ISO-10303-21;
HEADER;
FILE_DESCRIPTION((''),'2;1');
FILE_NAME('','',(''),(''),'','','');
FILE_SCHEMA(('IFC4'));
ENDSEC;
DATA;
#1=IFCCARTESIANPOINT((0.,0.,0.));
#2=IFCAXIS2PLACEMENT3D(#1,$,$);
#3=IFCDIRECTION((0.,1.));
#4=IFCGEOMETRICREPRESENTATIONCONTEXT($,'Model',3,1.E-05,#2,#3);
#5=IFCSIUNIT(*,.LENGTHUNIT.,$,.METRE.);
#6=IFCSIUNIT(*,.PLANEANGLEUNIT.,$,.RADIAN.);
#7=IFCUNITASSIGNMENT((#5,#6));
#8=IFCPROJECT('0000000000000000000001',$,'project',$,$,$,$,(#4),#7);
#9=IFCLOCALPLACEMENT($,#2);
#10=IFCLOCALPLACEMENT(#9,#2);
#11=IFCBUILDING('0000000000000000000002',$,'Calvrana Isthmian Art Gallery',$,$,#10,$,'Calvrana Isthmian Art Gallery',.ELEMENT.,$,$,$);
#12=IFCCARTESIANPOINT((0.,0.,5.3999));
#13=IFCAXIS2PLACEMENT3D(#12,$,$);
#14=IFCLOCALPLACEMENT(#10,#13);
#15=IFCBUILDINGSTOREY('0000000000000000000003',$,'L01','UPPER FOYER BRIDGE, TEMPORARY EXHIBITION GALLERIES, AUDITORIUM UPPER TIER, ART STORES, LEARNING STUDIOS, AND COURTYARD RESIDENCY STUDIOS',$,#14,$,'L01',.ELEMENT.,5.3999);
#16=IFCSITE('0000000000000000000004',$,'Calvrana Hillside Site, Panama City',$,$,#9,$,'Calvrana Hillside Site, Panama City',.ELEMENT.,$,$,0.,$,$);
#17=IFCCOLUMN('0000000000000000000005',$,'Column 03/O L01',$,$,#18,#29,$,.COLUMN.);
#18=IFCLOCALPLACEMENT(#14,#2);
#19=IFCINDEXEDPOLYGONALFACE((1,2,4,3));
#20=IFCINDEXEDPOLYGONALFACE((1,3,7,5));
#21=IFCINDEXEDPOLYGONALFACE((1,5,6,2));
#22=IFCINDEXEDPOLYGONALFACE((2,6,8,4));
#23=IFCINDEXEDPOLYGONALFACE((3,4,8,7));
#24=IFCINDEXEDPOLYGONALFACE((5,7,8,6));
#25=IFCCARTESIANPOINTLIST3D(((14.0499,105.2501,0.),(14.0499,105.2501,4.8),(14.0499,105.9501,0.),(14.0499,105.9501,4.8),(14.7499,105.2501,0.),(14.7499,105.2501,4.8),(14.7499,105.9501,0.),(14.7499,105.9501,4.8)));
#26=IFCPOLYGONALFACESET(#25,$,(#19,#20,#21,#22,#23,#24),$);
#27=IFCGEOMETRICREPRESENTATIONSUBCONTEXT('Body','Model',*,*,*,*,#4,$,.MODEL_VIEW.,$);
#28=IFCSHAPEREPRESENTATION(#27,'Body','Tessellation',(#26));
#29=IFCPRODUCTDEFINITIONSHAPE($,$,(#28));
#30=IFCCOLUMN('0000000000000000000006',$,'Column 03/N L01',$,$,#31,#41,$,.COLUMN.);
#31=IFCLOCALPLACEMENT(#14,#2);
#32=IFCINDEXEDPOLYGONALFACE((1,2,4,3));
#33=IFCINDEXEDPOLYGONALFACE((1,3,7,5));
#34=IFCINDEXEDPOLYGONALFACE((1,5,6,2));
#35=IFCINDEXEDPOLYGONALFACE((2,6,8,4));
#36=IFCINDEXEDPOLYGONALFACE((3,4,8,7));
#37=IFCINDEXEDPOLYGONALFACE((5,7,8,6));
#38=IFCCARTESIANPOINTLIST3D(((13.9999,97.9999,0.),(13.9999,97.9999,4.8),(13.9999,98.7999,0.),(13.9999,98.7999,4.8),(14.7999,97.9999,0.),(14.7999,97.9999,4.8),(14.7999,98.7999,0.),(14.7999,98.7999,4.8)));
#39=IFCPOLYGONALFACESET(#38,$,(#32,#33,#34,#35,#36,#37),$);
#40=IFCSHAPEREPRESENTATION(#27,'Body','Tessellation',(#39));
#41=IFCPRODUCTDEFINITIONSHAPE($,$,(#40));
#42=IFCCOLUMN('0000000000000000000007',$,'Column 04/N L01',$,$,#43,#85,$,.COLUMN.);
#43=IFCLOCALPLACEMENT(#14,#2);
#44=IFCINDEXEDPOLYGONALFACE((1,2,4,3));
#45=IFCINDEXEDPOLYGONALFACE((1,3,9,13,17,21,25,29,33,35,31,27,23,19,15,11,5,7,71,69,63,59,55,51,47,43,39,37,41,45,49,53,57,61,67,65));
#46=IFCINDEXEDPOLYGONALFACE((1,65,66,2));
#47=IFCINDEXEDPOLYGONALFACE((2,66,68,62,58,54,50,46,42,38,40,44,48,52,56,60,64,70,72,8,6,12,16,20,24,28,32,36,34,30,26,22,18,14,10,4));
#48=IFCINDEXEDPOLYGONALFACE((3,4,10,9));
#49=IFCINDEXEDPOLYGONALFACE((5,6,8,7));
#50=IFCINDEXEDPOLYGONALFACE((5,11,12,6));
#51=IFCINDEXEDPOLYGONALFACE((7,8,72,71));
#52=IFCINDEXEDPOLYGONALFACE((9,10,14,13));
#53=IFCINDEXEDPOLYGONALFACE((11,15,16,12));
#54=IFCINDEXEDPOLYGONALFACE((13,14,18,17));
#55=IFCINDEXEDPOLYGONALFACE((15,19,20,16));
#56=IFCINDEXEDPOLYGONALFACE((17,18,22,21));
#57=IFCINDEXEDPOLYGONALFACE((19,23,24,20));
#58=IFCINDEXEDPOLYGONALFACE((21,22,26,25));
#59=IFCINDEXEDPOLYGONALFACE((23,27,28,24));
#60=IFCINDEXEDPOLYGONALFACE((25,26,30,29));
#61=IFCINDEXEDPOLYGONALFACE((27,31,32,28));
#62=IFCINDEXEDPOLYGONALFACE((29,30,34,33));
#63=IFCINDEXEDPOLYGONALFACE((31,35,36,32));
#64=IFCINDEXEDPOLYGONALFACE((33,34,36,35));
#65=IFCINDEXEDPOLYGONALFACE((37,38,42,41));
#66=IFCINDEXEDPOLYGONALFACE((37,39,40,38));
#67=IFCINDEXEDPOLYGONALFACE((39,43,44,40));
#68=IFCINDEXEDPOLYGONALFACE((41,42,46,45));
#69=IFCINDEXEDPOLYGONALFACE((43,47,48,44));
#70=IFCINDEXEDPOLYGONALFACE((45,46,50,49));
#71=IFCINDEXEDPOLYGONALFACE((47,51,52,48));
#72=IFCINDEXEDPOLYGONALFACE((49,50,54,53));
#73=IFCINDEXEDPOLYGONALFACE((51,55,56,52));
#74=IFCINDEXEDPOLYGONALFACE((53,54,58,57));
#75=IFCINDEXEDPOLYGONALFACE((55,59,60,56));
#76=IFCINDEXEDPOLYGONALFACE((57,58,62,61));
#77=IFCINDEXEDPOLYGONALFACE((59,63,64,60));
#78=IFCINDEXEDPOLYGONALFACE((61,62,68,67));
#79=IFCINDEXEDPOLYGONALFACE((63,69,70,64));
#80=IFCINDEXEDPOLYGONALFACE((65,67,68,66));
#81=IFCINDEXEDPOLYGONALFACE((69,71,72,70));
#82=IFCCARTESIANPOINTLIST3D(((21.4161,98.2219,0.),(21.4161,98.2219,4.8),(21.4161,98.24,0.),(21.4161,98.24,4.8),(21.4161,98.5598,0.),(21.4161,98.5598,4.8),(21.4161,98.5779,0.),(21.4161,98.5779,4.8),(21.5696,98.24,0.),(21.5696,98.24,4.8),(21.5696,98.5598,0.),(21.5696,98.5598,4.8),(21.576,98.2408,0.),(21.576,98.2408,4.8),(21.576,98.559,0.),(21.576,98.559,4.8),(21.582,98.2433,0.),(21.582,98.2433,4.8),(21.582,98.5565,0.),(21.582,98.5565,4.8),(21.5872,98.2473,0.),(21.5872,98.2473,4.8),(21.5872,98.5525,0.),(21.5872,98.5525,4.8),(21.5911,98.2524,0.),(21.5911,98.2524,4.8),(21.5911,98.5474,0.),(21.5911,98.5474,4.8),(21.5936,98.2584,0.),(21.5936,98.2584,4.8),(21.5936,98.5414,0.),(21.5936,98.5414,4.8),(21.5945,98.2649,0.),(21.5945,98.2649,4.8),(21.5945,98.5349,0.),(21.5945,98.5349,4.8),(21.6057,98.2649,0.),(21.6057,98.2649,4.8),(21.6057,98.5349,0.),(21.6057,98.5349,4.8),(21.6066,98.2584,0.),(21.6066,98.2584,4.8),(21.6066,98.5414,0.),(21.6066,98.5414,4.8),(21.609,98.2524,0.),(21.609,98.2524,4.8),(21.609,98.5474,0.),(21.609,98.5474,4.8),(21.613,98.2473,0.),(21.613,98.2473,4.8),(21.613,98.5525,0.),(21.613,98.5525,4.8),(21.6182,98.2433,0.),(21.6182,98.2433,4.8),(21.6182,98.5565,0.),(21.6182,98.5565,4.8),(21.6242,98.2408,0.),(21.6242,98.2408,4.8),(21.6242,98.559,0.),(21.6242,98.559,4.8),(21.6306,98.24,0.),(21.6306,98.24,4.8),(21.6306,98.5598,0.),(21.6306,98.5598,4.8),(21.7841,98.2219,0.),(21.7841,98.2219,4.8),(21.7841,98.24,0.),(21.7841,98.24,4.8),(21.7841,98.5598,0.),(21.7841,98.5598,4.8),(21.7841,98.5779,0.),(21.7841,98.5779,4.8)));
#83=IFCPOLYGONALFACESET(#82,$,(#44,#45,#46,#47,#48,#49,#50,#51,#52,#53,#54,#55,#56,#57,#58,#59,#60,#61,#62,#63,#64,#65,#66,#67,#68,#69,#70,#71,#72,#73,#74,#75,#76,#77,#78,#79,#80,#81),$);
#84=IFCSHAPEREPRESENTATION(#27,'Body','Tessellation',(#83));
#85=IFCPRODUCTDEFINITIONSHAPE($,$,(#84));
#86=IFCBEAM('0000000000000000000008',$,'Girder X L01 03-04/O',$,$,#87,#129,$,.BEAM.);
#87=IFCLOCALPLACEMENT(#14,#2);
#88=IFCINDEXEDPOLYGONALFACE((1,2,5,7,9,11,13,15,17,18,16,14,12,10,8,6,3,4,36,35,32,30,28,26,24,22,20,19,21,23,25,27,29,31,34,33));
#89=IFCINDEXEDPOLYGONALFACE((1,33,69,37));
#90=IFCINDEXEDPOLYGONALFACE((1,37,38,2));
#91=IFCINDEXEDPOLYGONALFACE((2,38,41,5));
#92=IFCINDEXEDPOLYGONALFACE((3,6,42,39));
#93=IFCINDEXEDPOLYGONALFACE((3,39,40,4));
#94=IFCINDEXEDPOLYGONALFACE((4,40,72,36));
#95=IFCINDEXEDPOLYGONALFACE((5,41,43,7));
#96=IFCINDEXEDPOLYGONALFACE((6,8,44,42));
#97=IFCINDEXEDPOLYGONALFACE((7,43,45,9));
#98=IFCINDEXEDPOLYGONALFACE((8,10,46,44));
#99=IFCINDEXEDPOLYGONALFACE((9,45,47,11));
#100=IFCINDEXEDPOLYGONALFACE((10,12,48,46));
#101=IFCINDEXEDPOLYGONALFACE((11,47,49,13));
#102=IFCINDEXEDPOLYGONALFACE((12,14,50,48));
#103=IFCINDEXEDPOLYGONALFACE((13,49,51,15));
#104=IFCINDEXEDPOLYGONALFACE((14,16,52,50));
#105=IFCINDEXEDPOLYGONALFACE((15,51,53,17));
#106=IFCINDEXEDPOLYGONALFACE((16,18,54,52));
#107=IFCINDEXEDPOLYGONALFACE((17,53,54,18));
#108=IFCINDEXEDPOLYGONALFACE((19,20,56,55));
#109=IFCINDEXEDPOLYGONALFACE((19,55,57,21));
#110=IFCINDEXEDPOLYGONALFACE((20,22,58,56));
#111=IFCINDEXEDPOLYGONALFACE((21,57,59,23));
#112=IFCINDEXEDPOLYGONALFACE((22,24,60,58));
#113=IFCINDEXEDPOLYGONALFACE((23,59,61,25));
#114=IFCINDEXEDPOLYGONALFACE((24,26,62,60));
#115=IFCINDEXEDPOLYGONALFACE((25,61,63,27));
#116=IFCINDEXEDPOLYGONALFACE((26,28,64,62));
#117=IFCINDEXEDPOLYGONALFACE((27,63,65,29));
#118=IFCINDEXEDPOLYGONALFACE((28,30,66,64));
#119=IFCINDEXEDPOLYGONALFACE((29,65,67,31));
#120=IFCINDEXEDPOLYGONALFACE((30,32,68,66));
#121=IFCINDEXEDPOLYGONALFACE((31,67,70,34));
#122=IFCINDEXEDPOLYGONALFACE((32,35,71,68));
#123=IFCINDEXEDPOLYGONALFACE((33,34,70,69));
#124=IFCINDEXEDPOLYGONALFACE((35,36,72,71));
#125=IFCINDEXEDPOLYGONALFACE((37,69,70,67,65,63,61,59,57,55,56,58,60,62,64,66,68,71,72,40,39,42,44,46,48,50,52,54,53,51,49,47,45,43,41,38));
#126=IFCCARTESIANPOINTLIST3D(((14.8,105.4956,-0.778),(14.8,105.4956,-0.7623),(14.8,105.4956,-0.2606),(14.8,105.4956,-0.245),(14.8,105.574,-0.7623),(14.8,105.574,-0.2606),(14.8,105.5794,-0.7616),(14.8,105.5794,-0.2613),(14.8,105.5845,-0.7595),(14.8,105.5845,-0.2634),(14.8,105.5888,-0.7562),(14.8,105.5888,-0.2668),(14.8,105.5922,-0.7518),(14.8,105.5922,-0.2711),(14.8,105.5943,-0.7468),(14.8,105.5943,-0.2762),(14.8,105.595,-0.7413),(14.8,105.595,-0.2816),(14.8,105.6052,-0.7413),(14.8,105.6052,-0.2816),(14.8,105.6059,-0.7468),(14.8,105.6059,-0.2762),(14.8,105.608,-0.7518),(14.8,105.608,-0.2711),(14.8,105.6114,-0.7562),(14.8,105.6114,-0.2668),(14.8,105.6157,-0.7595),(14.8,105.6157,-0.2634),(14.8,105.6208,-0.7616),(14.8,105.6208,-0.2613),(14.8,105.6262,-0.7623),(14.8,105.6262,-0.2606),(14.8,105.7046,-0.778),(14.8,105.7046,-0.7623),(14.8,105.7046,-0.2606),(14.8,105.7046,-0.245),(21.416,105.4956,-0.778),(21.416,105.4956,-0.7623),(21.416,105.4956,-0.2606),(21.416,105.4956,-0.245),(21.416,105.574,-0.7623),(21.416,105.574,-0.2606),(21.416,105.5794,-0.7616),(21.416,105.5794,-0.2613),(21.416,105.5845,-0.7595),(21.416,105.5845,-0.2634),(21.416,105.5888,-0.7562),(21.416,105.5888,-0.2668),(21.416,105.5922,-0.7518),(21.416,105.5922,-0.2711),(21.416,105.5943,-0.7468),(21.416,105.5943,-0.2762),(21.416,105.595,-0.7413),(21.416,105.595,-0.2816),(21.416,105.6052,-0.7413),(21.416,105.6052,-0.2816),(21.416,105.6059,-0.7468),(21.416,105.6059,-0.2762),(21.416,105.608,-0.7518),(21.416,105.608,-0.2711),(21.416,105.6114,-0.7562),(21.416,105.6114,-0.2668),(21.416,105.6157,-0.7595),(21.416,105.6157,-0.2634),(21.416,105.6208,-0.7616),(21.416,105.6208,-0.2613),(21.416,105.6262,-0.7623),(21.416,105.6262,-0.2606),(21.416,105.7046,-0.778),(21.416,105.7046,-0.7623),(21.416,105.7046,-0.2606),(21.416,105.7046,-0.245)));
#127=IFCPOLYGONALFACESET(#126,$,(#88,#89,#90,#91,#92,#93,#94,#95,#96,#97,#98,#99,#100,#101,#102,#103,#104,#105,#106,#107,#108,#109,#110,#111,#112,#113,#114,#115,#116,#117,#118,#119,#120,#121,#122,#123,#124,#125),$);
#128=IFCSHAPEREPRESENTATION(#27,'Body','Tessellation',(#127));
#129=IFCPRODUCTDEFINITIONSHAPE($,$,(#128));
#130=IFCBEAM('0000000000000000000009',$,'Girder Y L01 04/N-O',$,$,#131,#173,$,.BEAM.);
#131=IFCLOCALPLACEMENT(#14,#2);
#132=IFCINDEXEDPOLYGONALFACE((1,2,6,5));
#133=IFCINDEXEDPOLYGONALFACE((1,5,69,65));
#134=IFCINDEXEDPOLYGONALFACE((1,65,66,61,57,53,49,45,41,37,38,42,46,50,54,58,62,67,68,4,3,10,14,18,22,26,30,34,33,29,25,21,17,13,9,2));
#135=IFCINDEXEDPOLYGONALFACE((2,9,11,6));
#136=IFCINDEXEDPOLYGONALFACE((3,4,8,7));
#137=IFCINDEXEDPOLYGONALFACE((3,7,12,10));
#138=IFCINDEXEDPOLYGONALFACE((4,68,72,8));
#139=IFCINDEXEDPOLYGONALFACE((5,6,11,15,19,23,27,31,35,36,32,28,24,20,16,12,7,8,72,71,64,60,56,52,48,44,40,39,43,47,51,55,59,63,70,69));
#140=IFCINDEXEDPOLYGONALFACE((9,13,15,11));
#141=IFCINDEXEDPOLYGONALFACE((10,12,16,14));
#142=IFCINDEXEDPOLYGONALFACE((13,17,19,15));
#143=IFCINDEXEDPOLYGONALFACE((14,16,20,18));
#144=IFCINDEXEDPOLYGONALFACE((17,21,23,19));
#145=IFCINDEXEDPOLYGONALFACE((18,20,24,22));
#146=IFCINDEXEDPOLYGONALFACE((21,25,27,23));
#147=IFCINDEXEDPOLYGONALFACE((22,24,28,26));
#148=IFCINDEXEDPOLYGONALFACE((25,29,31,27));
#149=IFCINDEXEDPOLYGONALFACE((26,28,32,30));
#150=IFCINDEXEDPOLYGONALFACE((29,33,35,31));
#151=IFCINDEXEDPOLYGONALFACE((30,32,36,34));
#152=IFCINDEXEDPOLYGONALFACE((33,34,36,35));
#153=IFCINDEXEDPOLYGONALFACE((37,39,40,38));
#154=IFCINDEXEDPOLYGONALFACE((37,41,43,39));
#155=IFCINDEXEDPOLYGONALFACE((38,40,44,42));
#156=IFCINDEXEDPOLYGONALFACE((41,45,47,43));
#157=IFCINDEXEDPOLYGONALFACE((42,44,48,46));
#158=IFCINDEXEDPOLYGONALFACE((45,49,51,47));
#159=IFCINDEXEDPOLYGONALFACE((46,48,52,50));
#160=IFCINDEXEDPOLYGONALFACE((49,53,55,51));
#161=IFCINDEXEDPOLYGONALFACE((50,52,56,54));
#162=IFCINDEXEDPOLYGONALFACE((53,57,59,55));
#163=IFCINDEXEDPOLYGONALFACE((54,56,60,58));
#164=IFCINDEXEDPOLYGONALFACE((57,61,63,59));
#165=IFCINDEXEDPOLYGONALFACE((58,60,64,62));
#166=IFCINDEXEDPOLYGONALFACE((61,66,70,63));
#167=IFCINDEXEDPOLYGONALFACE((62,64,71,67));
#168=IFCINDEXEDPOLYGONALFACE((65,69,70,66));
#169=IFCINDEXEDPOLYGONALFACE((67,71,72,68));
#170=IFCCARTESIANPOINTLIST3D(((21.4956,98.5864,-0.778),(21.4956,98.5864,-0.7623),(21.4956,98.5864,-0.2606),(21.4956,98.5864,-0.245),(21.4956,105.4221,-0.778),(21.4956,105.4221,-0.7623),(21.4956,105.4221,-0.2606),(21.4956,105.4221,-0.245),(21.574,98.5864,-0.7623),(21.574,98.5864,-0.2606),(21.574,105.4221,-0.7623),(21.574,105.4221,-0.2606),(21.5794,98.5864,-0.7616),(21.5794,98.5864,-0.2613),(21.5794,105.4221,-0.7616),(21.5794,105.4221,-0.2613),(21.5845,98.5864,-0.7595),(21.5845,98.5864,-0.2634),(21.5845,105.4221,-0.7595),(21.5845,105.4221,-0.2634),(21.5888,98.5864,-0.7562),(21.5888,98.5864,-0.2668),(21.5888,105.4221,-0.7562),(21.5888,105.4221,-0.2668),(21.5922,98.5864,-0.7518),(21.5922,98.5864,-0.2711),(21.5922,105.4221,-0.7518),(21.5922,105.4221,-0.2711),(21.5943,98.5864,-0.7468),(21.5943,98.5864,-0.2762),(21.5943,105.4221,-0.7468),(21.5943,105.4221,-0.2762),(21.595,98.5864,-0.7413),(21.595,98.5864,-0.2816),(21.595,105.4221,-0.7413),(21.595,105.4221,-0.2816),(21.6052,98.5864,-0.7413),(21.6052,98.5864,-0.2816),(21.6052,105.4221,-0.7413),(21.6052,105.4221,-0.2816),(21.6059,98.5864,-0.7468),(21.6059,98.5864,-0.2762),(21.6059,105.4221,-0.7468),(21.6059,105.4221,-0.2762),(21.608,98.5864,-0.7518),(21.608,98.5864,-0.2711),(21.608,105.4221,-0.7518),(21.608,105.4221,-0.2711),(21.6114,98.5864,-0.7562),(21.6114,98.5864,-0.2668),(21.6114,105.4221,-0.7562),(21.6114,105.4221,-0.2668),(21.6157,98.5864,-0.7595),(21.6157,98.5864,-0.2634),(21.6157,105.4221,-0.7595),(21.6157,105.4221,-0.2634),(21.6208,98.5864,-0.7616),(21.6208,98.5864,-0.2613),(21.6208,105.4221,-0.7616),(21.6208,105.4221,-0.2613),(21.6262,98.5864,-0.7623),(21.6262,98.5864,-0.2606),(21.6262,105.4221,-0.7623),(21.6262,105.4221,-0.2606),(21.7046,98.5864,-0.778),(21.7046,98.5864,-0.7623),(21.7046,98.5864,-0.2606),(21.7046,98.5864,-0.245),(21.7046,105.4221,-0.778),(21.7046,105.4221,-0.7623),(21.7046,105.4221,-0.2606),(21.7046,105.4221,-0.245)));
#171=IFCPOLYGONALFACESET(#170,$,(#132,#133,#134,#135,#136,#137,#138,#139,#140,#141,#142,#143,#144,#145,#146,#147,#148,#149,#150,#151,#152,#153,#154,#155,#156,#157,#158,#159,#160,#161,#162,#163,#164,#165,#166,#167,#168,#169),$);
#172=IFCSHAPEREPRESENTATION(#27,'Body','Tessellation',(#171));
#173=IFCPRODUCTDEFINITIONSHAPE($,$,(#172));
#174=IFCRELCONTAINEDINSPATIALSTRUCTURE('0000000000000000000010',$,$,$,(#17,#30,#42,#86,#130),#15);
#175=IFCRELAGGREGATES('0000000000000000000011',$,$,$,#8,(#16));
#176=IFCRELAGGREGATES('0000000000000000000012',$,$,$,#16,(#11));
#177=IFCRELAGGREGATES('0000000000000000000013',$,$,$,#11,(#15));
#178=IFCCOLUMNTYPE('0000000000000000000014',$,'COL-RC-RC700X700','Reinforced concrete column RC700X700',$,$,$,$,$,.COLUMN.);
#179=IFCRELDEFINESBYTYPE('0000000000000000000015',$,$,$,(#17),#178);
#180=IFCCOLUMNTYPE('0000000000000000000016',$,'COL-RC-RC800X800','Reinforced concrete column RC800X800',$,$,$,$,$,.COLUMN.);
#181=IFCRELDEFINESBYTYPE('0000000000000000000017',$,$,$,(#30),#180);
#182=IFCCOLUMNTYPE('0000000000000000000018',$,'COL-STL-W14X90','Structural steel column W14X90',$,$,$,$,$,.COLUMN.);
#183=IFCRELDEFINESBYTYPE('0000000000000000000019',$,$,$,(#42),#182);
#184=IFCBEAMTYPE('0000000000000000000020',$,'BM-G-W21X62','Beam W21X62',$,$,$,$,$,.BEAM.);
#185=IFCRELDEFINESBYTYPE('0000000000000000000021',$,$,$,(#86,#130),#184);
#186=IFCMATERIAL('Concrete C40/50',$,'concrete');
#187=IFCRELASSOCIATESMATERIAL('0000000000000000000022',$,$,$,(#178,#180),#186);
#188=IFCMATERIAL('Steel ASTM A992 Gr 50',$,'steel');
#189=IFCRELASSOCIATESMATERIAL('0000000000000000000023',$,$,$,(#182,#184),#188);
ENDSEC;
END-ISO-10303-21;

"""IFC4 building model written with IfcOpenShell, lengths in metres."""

from ifc_helpers import new_model, si_unit, direction, frame, origin, origin_2d, place, context, subcontext, project, spatial, rectangle, i_section, extrude, material, material_profile, profile_set, type_object, element, save


model = new_model("IFC4")

# Units and contexts
model_context = context("Model", 3, precision=1e-05, world=origin(), true_north=direction((0.0, 1.0)))
body_context = subcontext(model_context, "Body", "Model", "MODEL_VIEW")
ifc_project = project(units=[si_unit("LENGTHUNIT", "METRE"), si_unit("PLANEANGLEUNIT", "RADIAN")], contexts=[model_context])

# Site, building, storey
site_placement = place(None, origin())
site = spatial("IfcSite", under=ifc_project, at=site_placement, Name="Calvrana Hillside Site, Panama City", LongName="Calvrana Hillside Site, Panama City", CompositionType="ELEMENT", RefElevation=0.0)
building_placement = place(site_placement, origin())
building = spatial("IfcBuilding", under=site, at=building_placement, Name="Calvrana Isthmian Art Gallery", LongName="Calvrana Isthmian Art Gallery", CompositionType="ELEMENT")
storey_placement = place(building_placement, frame((0.0, 0.0, 5.3999)))
storey = spatial("IfcBuildingStorey", under=building, at=storey_placement, Name="L01", Description="UPPER FOYER BRIDGE, TEMPORARY EXHIBITION GALLERIES, AUDITORIUM UPPER TIER, ART STORES, LEARNING STUDIOS, AND COURTYARD RESIDENCY STUDIOS", LongName="L01", CompositionType="ELEMENT", Elevation=5.3999)

# Columns
ifc_material_1 = material(Name="Concrete C40/50", Category="concrete")
ifc_material_profile_1 = material_profile(ifc_material_1, rectangle(XDim=0.7, YDim=0.7, at=origin_2d()), Name="RC700X700")
ifc_profile_set_1 = profile_set([ifc_material_profile_1], Name="Concrete C40/50")
column_type_1 = type_object("IfcColumnType", Name="COL-RC-RC700X700", Description="Reinforced concrete column RC700X700", PredefinedType="COLUMN", material=ifc_profile_set_1)
column_1_placement = place(storey_placement, frame((14.3999, 105.6001, 0.0), z_axis=(0.0, 0.0, 1.0), x_axis=(1.0, 0.0, 0.0)))
element("IfcColumn", 1, at=column_1_placement, inside=storey, type_object=column_type_1, Name="Column 03/O L01", PredefinedType="COLUMN", context=body_context, shape_type="SweptSolid", body=[
    extrude(rectangle(XDim=0.7, YDim=0.7, at=origin_2d()), origin(), (0.0, 0.0, 1.0), 4.8),
])
ifc_material_profile_2 = material_profile(ifc_material_1, rectangle(XDim=0.8, YDim=0.8, at=origin_2d()), Name="RC800X800")
ifc_profile_set_2 = profile_set([ifc_material_profile_2], Name="Concrete C40/50")
column_type_2 = type_object("IfcColumnType", Name="COL-RC-RC800X800", Description="Reinforced concrete column RC800X800", PredefinedType="COLUMN", material=ifc_profile_set_2)
column_2_placement = place(storey_placement, frame((14.3999, 98.3999, 0.0), z_axis=(0.0, 0.0, 1.0), x_axis=(1.0, 0.0, 0.0)))
element("IfcColumn", 2, at=column_2_placement, inside=storey, type_object=column_type_2, Name="Column 03/N L01", PredefinedType="COLUMN", context=body_context, shape_type="SweptSolid", body=[
    extrude(rectangle(XDim=0.8, YDim=0.8, at=origin_2d()), origin(), (0.0, 0.0, 1.0), 4.8),
])
ifc_material_2 = material(Name="Steel ASTM A992 Gr 50", Category="steel")
ifc_material_profile_3 = material_profile(ifc_material_2, i_section(OverallWidth=0.3679, OverallDepth=0.356, WebThickness=0.0112, FlangeThickness=0.0181, FilletRadius=0.0249, at=origin_2d()), Name="W14X90")
ifc_profile_set_3 = profile_set([ifc_material_profile_3], Name="Steel ASTM A992 Gr 50")
column_type_3 = type_object("IfcColumnType", Name="COL-STL-W14X90", Description="Structural steel column W14X90", PredefinedType="COLUMN", material=ifc_profile_set_3)
column_3_placement = place(storey_placement, frame((21.6001, 98.3999, 0.0), z_axis=(0.0, 0.0, 1.0), x_axis=(1.0, 0.0, 0.0)))
element("IfcColumn", 3, at=column_3_placement, inside=storey, type_object=column_type_3, Name="Column 04/N L01", PredefinedType="COLUMN", context=body_context, shape_type="SweptSolid", body=[
    extrude(i_section(OverallWidth=0.3679, OverallDepth=0.356, WebThickness=0.0112, FlangeThickness=0.0181, FilletRadius=0.0249, at=origin_2d()), origin(), (0.0, 0.0, 1.0), 4.8),
])

# Beams
ifc_material_profile_4 = material_profile(ifc_material_2, i_section(OverallWidth=0.209, OverallDepth=0.533, WebThickness=0.0103, FlangeThickness=0.0156, FilletRadius=0.021, at=origin_2d()), Name="W21X62")
ifc_profile_set_4 = profile_set([ifc_material_profile_4], Name="Steel ASTM A992 Gr 50")
beam_type_1 = type_object("IfcBeamType", Name="BM-G-W21X62", Description="Beam W21X62", PredefinedType="BEAM", material=ifc_profile_set_4)
beam_1_placement = place(storey_placement, frame((14.8, 105.6001, -0.5115), z_axis=(1.0, 0.0, 0.0), x_axis=(0.0, 1.0, 0.0)))
element("IfcBeam", 4, at=beam_1_placement, inside=storey, type_object=beam_type_1, Name="Girder X L01 03-04/O", PredefinedType="BEAM", context=body_context, shape_type="SweptSolid", body=[
    extrude(i_section(OverallWidth=0.209, OverallDepth=0.533, WebThickness=0.0103, FlangeThickness=0.0156, FilletRadius=0.021, at=origin_2d()), origin(), (0.0, 0.0, 1.0), 6.616),
])
beam_2_placement = place(storey_placement, frame((21.6001, 98.5864, -0.5115), z_axis=(0.0, 1.0, 0.0), x_axis=(-1.0, 0.0, 0.0)))
element("IfcBeam", 5, at=beam_2_placement, inside=storey, type_object=beam_type_1, Name="Girder Y L01 04/N-O", PredefinedType="BEAM", context=body_context, shape_type="SweptSolid", body=[
    extrude(i_section(OverallWidth=0.209, OverallDepth=0.533, WebThickness=0.0103, FlangeThickness=0.0156, FilletRadius=0.021, at=origin_2d()), origin(), (0.0, 0.0, 1.0), 6.8357),
])

save(model, "model.ifc")
